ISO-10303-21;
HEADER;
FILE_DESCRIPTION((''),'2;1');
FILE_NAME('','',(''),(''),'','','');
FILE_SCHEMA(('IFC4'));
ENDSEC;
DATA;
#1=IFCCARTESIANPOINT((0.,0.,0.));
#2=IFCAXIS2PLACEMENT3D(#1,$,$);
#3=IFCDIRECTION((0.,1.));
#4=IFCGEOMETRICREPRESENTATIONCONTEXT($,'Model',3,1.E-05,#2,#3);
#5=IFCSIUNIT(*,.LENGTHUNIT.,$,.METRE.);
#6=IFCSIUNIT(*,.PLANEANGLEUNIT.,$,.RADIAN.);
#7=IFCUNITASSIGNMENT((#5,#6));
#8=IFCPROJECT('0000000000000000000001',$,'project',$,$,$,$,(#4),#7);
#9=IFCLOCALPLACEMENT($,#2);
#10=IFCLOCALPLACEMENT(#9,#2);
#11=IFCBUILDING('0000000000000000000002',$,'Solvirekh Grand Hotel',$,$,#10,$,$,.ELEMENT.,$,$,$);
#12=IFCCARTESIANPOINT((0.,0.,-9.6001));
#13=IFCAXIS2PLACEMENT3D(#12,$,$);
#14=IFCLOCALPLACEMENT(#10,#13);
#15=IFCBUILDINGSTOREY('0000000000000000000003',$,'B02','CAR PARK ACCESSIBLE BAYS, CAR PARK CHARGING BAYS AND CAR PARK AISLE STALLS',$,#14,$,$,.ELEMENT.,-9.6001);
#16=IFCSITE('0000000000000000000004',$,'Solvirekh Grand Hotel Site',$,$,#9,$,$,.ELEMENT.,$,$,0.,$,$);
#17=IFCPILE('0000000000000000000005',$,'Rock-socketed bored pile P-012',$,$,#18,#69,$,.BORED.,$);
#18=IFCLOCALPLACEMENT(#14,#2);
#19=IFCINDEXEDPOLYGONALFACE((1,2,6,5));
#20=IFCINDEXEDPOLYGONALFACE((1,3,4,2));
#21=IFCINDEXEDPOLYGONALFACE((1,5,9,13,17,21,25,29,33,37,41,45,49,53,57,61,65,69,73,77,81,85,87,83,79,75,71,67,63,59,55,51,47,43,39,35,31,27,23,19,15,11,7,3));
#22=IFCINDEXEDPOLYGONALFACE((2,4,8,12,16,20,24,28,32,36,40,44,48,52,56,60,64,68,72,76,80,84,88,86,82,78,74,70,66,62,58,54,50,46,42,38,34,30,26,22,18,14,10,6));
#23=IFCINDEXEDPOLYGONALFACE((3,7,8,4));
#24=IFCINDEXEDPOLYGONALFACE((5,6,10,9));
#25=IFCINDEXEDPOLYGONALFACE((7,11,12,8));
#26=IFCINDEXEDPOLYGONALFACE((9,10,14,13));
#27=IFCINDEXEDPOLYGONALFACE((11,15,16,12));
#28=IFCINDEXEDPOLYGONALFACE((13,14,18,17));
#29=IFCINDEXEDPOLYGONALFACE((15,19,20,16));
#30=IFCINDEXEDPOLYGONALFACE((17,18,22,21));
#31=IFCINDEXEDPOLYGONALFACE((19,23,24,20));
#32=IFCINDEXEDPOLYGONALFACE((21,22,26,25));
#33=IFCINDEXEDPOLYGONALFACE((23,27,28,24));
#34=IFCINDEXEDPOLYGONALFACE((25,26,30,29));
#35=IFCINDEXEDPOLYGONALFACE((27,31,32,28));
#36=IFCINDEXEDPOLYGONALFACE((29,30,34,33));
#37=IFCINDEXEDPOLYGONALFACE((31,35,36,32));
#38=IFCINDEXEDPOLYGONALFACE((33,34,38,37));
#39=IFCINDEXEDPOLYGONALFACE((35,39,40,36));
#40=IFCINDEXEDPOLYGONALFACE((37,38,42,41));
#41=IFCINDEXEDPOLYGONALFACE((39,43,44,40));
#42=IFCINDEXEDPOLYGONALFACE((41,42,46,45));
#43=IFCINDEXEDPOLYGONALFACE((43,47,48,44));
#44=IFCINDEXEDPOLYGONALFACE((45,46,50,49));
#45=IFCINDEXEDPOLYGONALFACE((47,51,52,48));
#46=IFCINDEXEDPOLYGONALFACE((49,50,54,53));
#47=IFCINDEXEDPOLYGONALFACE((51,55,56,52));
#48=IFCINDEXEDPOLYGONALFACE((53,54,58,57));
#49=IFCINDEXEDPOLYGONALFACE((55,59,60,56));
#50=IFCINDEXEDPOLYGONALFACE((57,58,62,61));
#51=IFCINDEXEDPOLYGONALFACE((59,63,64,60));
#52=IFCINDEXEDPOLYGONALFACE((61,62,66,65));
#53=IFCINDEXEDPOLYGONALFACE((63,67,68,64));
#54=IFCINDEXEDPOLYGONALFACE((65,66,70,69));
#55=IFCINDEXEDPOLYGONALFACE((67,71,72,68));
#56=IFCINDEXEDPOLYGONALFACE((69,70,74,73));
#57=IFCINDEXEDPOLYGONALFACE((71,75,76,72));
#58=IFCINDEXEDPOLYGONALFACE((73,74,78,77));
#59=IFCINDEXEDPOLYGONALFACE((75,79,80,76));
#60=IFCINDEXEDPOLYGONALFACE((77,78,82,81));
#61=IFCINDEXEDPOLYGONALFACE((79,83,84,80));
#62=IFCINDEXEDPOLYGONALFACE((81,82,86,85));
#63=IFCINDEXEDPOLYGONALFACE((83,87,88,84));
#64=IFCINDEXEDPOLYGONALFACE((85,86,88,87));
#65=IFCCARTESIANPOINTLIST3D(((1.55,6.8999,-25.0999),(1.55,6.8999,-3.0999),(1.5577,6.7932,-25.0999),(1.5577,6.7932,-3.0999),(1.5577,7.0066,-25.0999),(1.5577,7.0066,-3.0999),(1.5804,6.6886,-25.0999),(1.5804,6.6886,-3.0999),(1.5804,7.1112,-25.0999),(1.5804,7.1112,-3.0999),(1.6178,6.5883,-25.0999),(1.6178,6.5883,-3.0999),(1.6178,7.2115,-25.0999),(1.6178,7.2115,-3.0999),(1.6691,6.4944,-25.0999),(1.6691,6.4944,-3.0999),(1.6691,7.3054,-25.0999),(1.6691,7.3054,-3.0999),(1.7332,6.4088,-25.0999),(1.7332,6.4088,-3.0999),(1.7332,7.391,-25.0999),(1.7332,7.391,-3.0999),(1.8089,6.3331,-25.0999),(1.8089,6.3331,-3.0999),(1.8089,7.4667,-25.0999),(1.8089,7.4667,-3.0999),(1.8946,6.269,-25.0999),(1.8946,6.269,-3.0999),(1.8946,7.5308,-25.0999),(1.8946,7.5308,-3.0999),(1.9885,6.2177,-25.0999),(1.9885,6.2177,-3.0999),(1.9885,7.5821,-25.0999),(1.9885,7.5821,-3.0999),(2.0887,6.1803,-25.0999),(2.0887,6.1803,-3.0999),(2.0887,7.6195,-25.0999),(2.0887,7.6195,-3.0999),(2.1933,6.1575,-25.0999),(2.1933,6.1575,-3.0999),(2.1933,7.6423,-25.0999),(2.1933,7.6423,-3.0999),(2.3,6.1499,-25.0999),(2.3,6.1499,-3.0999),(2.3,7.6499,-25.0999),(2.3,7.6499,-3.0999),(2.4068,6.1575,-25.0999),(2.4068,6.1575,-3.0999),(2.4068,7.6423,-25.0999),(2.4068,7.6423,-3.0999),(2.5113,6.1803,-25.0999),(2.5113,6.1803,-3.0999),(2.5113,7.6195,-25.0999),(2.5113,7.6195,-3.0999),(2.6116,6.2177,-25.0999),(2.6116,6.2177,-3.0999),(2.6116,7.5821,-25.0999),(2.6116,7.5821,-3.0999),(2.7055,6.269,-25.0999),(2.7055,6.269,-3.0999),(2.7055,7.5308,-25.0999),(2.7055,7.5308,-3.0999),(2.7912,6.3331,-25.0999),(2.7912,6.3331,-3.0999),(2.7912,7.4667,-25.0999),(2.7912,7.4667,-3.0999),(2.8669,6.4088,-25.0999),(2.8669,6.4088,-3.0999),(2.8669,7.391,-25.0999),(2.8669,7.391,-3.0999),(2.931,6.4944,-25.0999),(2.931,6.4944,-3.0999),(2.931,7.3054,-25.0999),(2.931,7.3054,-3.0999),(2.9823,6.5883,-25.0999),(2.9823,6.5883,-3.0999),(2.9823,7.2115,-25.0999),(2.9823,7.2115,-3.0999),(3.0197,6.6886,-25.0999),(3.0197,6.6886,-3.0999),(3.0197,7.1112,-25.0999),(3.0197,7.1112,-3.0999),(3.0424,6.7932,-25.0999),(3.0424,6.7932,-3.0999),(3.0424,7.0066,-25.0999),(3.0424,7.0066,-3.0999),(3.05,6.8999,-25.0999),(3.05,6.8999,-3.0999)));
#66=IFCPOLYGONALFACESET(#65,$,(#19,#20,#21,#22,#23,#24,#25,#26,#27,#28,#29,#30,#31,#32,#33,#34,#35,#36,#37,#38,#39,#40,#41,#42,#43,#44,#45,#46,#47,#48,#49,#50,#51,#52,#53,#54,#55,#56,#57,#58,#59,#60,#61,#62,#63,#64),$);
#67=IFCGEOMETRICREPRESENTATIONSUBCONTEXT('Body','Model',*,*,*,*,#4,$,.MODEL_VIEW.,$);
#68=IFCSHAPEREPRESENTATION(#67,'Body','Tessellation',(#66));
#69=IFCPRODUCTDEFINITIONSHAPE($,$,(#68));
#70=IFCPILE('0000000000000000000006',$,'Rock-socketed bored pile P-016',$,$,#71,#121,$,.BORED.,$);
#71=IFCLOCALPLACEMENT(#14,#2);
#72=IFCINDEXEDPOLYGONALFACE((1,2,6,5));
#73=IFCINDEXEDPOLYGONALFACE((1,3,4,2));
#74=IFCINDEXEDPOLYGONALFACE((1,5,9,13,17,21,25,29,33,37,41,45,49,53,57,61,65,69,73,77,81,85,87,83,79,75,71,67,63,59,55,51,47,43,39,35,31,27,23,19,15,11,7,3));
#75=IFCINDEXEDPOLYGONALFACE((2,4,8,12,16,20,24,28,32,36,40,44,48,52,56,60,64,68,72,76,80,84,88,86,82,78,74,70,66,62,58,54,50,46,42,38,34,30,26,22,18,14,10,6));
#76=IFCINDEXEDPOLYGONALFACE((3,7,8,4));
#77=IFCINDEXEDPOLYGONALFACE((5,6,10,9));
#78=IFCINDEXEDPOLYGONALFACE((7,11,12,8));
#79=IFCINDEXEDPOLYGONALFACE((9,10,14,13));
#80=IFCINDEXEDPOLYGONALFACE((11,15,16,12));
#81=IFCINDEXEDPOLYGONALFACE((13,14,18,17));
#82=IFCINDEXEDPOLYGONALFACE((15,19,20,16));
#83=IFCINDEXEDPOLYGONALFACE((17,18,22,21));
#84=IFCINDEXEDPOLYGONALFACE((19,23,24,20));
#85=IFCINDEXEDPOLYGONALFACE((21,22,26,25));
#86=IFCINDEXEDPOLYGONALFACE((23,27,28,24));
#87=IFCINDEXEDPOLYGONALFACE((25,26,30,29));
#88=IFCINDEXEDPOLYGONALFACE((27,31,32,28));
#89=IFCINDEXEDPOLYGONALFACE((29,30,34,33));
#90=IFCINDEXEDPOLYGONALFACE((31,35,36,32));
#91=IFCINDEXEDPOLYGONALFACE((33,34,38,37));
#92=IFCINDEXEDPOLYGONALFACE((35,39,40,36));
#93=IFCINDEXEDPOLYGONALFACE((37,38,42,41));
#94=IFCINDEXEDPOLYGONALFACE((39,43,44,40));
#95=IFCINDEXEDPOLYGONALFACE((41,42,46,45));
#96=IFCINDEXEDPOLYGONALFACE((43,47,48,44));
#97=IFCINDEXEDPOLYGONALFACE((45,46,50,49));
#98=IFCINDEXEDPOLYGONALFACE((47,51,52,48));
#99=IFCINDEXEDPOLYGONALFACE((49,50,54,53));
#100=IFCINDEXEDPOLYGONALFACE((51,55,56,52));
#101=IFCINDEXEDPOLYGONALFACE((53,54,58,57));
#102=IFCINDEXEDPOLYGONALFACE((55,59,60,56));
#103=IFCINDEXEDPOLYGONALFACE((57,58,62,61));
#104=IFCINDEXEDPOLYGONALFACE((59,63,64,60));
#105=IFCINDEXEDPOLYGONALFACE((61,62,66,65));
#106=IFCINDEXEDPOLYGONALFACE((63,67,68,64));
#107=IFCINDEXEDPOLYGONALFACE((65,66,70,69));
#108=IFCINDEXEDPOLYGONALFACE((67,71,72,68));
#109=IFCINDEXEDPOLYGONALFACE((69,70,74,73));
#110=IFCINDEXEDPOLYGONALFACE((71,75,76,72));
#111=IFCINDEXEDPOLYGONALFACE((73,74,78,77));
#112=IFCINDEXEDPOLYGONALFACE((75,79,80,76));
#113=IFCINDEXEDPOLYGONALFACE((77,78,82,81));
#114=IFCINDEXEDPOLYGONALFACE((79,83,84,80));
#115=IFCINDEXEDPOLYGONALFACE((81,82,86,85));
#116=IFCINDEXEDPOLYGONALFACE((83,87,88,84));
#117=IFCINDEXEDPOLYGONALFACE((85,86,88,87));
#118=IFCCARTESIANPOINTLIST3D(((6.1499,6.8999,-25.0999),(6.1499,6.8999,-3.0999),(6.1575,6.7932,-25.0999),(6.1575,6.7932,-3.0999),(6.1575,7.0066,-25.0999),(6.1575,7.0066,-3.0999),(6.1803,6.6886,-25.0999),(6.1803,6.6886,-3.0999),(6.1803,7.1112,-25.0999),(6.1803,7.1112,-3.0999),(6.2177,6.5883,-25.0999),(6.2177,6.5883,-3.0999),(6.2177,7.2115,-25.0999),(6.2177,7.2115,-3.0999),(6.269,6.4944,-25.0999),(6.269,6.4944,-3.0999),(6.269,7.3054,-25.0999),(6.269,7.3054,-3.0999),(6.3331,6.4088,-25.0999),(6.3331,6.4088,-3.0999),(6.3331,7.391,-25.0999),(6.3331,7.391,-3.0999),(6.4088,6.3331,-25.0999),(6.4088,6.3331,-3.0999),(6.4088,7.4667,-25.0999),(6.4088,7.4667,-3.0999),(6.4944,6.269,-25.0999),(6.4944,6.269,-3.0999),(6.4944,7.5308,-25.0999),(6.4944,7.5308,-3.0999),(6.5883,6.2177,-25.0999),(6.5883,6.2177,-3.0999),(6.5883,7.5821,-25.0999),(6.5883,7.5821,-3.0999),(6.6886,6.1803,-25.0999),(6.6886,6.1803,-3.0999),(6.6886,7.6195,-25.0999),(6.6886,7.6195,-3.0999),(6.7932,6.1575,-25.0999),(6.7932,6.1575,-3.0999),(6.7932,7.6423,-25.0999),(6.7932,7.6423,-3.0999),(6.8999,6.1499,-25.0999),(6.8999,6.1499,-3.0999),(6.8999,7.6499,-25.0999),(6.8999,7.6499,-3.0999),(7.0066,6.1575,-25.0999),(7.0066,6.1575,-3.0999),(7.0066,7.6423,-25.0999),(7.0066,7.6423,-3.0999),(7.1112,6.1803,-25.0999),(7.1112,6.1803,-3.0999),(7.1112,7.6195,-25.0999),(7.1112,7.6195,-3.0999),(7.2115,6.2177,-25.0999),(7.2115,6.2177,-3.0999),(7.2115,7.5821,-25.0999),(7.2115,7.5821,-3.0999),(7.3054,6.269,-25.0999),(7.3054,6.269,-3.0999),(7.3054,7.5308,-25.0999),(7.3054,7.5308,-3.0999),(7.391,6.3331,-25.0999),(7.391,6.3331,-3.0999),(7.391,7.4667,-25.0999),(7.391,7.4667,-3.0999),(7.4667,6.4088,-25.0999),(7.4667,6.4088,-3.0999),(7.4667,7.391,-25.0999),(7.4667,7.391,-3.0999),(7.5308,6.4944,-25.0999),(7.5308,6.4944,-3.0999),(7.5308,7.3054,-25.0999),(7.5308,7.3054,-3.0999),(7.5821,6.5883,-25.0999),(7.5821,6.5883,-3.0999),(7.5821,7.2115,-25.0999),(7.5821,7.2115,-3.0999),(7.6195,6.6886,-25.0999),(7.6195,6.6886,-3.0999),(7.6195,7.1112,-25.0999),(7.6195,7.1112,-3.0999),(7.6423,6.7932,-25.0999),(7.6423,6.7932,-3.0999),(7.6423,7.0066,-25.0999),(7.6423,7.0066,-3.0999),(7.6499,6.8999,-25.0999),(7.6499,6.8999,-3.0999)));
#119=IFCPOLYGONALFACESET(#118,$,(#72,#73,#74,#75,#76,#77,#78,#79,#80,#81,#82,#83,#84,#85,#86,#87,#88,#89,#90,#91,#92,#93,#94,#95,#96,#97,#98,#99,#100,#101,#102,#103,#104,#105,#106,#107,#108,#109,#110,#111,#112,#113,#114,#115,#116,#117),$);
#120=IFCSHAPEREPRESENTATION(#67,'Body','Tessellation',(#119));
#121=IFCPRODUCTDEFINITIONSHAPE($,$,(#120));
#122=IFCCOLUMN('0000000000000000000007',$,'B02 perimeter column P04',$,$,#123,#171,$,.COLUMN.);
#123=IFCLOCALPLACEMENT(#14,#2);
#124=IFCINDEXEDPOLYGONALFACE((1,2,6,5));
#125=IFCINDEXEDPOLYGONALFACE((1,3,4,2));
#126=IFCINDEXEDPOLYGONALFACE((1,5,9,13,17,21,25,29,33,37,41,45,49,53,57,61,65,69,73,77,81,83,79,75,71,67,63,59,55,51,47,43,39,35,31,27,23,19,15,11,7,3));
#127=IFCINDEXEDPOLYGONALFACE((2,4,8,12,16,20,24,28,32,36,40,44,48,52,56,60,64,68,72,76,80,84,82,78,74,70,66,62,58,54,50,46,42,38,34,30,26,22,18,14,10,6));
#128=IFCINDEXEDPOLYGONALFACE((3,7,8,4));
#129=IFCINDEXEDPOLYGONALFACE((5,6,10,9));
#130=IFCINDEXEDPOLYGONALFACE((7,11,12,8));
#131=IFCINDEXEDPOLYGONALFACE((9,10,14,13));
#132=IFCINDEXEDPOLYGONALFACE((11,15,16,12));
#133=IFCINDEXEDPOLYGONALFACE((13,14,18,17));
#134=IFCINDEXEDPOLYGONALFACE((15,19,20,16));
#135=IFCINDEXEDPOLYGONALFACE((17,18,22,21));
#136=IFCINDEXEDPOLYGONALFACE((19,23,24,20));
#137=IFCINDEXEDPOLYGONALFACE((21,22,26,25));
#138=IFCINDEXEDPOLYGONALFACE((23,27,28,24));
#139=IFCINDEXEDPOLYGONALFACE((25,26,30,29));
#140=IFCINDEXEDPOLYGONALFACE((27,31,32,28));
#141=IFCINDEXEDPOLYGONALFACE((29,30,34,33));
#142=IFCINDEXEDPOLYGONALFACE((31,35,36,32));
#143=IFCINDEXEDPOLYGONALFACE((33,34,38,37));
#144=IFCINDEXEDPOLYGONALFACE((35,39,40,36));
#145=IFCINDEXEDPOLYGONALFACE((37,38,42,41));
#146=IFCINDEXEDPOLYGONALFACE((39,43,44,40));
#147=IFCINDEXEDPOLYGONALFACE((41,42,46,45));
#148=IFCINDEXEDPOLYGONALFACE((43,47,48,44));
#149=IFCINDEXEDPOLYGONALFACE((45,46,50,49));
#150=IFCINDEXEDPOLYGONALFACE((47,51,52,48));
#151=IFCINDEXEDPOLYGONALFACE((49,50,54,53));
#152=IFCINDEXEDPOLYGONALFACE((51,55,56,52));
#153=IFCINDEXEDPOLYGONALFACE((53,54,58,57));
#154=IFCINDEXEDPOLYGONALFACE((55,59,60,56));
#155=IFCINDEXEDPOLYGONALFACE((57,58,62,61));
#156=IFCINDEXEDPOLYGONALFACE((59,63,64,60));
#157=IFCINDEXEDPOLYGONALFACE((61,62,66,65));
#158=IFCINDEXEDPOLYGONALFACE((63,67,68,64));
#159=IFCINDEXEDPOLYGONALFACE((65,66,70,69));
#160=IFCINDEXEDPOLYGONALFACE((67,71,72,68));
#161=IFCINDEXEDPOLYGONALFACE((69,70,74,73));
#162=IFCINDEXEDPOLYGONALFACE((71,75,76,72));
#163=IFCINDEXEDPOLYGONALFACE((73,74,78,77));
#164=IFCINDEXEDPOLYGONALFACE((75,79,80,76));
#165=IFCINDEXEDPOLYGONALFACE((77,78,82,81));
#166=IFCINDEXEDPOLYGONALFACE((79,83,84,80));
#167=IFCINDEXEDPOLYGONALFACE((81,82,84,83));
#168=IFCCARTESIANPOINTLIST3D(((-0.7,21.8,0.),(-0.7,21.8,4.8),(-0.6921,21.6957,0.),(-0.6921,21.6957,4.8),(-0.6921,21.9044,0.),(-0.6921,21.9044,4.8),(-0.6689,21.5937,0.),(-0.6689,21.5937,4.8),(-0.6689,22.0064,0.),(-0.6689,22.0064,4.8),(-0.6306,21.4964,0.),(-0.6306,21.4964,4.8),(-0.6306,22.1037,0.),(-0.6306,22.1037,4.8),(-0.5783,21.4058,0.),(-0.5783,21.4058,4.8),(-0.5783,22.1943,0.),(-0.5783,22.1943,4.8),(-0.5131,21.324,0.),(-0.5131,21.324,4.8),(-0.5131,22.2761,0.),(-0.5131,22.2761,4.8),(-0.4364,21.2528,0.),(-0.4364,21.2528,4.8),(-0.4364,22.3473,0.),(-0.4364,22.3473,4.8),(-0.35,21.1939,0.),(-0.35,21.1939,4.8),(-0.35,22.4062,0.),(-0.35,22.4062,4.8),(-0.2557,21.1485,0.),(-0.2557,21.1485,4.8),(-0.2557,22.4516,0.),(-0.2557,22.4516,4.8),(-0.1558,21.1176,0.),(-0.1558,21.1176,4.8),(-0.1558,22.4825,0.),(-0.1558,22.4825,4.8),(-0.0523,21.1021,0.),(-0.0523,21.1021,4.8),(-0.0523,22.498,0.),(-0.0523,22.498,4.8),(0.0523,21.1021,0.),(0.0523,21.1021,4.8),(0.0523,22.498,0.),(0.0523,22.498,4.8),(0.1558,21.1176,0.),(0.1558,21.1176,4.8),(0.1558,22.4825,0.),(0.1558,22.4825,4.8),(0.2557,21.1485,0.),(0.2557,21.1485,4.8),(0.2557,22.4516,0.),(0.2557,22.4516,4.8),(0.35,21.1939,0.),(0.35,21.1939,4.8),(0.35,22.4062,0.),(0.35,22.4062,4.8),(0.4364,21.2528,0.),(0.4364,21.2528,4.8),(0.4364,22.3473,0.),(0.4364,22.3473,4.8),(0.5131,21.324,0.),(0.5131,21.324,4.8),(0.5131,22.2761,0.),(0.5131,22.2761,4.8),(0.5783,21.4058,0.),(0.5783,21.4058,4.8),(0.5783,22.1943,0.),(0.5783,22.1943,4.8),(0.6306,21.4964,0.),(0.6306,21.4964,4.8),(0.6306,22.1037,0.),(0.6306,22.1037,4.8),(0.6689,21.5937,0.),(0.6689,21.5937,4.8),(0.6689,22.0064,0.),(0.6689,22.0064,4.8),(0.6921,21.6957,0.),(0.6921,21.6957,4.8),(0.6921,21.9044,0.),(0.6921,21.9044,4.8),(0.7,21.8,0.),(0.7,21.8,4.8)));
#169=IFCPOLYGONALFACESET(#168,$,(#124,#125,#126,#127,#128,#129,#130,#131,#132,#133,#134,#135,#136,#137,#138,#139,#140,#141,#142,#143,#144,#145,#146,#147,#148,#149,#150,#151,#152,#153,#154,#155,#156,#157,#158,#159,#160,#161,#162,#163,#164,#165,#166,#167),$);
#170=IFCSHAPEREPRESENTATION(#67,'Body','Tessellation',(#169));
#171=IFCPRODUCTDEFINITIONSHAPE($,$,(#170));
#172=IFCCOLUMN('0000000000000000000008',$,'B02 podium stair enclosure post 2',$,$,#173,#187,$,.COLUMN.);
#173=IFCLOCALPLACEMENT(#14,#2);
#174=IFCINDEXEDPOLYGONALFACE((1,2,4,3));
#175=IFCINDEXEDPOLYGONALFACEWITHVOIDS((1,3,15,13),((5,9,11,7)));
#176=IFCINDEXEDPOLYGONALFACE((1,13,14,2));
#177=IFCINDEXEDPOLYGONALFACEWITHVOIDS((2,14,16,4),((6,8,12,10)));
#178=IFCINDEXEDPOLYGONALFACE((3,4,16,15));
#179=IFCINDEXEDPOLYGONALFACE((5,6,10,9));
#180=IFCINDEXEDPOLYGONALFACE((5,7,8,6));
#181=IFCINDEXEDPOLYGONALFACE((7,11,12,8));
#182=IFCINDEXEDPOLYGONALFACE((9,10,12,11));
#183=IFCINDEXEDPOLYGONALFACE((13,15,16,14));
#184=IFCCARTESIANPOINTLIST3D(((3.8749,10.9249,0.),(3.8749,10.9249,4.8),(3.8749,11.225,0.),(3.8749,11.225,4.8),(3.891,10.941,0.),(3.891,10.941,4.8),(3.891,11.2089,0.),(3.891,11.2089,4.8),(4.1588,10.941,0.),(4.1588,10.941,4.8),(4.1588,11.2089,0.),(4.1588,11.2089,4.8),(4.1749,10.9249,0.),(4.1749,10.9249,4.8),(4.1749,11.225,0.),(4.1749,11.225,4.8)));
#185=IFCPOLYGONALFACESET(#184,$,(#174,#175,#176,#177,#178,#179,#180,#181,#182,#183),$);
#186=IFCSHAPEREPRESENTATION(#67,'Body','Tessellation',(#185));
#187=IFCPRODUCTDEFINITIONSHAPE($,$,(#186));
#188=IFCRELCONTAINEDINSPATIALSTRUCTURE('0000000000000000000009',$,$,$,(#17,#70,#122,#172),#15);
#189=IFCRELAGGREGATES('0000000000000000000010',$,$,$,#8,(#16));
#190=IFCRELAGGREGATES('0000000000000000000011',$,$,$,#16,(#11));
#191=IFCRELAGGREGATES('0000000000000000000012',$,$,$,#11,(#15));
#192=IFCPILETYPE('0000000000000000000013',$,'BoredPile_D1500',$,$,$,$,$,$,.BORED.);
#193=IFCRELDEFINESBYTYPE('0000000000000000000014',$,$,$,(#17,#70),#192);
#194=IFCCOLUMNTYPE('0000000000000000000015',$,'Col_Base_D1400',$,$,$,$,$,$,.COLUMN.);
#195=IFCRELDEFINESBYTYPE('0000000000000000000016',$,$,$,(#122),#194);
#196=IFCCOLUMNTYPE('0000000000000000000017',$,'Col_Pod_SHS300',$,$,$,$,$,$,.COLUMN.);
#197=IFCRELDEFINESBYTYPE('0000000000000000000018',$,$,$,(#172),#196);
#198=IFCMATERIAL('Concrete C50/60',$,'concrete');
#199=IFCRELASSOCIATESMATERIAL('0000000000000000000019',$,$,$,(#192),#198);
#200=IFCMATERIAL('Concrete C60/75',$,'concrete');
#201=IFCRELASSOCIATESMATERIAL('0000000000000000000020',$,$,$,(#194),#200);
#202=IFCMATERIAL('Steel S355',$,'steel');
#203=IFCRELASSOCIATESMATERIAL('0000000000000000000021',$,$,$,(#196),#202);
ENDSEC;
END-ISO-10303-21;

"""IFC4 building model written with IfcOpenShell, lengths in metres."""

from ifc_helpers import new_model, si_unit, direction, frame, origin, origin_2d, place, context, subcontext, project, spatial, hollow_rectangle, circle, extrude, material, material_profile, profile_set, type_object, element, save


model = new_model("IFC4")

# Units and contexts
model_context = context("Model", 3, precision=1e-05, world=origin(), true_north=direction((0.0, 1.0)))
body_context = subcontext(model_context, "Body", "Model", "MODEL_VIEW")
ifc_project = project(units=[si_unit("LENGTHUNIT", "METRE"), si_unit("PLANEANGLEUNIT", "RADIAN")], contexts=[model_context])

# Site, building, storey
site_placement = place(None, origin())
site = spatial("IfcSite", under=ifc_project, at=site_placement, Name="Solvirekh Grand Hotel Site", CompositionType="ELEMENT", RefElevation=0.0)
building_placement = place(site_placement, origin())
building = spatial("IfcBuilding", under=site, at=building_placement, Name="Solvirekh Grand Hotel", CompositionType="ELEMENT")
storey_placement = place(building_placement, frame((0.0, 0.0, -9.6001)))
storey = spatial("IfcBuildingStorey", under=building, at=storey_placement, Name="B02", Description="CAR PARK ACCESSIBLE BAYS, CAR PARK CHARGING BAYS AND CAR PARK AISLE STALLS", CompositionType="ELEMENT", Elevation=-9.6001)

# Piles
ifc_material_1 = material(Name="Concrete C50/60", Category="concrete")
ifc_material_profile_1 = material_profile(ifc_material_1, circle(Radius=0.75, at=origin_2d()), Name="BORED PILE D1500")
ifc_profile_set_1 = profile_set([ifc_material_profile_1], Name="Concrete C50/60")
pile_type_1 = type_object("IfcPileType", Name="BoredPile_D1500", PredefinedType="BORED", material=ifc_profile_set_1)
for number, where, z_axis, x_axis, name in (
    (1, (2.3, 6.8999, -3.0999), (0.0, 0.0, -1.0), (1.0, 0.0, 0.0), "Rock-socketed bored pile P-012"),
    (2, (6.8999, 6.8999, -3.0999), (0.0, 0.0, -1.0), (1.0, 0.0, 0.0), "Rock-socketed bored pile P-016"),
):
    element("IfcPile", number, at=place(storey_placement, frame(where, z_axis=z_axis, x_axis=x_axis)), inside=storey, type_object=pile_type_1, Name=name, PredefinedType="BORED", context=body_context, shape_type="SweptSolid", body=[
        extrude(circle(Radius=0.75, at=origin_2d()), origin(), (0.0, 0.0, 1.0), 22.0),
    ])

# Columns
ifc_material_2 = material(Name="Concrete C60/75", Category="concrete")
ifc_material_profile_2 = material_profile(ifc_material_2, circle(Radius=0.7, at=origin_2d()), Name="RC CIRC D1400")
ifc_profile_set_2 = profile_set([ifc_material_profile_2], Name="Concrete C60/75")
column_type_1 = type_object("IfcColumnType", Name="Col_Base_D1400", PredefinedType="COLUMN", material=ifc_profile_set_2)
column_1_placement = place(storey_placement, frame((0.0, 21.8, 0.0), z_axis=(0.0, 0.0, 1.0), x_axis=(1.0, 0.0, 0.0)))
element("IfcColumn", 3, at=column_1_placement, inside=storey, type_object=column_type_1, Name="B02 perimeter column P04", PredefinedType="COLUMN", context=body_context, shape_type="SweptSolid", body=[
    extrude(circle(Radius=0.7, at=origin_2d()), origin(), (0.0, 0.0, 1.0), 4.8),
])
ifc_material_3 = material(Name="Steel S355", Category="steel")
ifc_material_profile_3 = material_profile(ifc_material_3, hollow_rectangle(XDim=0.3, YDim=0.3, WallThickness=0.0161, at=origin_2d()), Name="SHS 300X300X16")
ifc_profile_set_3 = profile_set([ifc_material_profile_3], Name="Steel S355")
column_type_2 = type_object("IfcColumnType", Name="Col_Pod_SHS300", PredefinedType="COLUMN", material=ifc_profile_set_3)
column_2_placement = place(storey_placement, frame((4.0249, 11.075, 0.0), z_axis=(0.0, 0.0, 1.0), x_axis=(1.0, 0.0, 0.0)))
element("IfcColumn", 4, at=column_2_placement, inside=storey, type_object=column_type_2, Name="B02 podium stair enclosure post 2", PredefinedType="COLUMN", context=body_context, shape_type="SweptSolid", body=[
    extrude(hollow_rectangle(XDim=0.3, YDim=0.3, WallThickness=0.0161, at=origin_2d()), origin(), (0.0, 0.0, 1.0), 4.8),
])

save(model, "model.ifc")
